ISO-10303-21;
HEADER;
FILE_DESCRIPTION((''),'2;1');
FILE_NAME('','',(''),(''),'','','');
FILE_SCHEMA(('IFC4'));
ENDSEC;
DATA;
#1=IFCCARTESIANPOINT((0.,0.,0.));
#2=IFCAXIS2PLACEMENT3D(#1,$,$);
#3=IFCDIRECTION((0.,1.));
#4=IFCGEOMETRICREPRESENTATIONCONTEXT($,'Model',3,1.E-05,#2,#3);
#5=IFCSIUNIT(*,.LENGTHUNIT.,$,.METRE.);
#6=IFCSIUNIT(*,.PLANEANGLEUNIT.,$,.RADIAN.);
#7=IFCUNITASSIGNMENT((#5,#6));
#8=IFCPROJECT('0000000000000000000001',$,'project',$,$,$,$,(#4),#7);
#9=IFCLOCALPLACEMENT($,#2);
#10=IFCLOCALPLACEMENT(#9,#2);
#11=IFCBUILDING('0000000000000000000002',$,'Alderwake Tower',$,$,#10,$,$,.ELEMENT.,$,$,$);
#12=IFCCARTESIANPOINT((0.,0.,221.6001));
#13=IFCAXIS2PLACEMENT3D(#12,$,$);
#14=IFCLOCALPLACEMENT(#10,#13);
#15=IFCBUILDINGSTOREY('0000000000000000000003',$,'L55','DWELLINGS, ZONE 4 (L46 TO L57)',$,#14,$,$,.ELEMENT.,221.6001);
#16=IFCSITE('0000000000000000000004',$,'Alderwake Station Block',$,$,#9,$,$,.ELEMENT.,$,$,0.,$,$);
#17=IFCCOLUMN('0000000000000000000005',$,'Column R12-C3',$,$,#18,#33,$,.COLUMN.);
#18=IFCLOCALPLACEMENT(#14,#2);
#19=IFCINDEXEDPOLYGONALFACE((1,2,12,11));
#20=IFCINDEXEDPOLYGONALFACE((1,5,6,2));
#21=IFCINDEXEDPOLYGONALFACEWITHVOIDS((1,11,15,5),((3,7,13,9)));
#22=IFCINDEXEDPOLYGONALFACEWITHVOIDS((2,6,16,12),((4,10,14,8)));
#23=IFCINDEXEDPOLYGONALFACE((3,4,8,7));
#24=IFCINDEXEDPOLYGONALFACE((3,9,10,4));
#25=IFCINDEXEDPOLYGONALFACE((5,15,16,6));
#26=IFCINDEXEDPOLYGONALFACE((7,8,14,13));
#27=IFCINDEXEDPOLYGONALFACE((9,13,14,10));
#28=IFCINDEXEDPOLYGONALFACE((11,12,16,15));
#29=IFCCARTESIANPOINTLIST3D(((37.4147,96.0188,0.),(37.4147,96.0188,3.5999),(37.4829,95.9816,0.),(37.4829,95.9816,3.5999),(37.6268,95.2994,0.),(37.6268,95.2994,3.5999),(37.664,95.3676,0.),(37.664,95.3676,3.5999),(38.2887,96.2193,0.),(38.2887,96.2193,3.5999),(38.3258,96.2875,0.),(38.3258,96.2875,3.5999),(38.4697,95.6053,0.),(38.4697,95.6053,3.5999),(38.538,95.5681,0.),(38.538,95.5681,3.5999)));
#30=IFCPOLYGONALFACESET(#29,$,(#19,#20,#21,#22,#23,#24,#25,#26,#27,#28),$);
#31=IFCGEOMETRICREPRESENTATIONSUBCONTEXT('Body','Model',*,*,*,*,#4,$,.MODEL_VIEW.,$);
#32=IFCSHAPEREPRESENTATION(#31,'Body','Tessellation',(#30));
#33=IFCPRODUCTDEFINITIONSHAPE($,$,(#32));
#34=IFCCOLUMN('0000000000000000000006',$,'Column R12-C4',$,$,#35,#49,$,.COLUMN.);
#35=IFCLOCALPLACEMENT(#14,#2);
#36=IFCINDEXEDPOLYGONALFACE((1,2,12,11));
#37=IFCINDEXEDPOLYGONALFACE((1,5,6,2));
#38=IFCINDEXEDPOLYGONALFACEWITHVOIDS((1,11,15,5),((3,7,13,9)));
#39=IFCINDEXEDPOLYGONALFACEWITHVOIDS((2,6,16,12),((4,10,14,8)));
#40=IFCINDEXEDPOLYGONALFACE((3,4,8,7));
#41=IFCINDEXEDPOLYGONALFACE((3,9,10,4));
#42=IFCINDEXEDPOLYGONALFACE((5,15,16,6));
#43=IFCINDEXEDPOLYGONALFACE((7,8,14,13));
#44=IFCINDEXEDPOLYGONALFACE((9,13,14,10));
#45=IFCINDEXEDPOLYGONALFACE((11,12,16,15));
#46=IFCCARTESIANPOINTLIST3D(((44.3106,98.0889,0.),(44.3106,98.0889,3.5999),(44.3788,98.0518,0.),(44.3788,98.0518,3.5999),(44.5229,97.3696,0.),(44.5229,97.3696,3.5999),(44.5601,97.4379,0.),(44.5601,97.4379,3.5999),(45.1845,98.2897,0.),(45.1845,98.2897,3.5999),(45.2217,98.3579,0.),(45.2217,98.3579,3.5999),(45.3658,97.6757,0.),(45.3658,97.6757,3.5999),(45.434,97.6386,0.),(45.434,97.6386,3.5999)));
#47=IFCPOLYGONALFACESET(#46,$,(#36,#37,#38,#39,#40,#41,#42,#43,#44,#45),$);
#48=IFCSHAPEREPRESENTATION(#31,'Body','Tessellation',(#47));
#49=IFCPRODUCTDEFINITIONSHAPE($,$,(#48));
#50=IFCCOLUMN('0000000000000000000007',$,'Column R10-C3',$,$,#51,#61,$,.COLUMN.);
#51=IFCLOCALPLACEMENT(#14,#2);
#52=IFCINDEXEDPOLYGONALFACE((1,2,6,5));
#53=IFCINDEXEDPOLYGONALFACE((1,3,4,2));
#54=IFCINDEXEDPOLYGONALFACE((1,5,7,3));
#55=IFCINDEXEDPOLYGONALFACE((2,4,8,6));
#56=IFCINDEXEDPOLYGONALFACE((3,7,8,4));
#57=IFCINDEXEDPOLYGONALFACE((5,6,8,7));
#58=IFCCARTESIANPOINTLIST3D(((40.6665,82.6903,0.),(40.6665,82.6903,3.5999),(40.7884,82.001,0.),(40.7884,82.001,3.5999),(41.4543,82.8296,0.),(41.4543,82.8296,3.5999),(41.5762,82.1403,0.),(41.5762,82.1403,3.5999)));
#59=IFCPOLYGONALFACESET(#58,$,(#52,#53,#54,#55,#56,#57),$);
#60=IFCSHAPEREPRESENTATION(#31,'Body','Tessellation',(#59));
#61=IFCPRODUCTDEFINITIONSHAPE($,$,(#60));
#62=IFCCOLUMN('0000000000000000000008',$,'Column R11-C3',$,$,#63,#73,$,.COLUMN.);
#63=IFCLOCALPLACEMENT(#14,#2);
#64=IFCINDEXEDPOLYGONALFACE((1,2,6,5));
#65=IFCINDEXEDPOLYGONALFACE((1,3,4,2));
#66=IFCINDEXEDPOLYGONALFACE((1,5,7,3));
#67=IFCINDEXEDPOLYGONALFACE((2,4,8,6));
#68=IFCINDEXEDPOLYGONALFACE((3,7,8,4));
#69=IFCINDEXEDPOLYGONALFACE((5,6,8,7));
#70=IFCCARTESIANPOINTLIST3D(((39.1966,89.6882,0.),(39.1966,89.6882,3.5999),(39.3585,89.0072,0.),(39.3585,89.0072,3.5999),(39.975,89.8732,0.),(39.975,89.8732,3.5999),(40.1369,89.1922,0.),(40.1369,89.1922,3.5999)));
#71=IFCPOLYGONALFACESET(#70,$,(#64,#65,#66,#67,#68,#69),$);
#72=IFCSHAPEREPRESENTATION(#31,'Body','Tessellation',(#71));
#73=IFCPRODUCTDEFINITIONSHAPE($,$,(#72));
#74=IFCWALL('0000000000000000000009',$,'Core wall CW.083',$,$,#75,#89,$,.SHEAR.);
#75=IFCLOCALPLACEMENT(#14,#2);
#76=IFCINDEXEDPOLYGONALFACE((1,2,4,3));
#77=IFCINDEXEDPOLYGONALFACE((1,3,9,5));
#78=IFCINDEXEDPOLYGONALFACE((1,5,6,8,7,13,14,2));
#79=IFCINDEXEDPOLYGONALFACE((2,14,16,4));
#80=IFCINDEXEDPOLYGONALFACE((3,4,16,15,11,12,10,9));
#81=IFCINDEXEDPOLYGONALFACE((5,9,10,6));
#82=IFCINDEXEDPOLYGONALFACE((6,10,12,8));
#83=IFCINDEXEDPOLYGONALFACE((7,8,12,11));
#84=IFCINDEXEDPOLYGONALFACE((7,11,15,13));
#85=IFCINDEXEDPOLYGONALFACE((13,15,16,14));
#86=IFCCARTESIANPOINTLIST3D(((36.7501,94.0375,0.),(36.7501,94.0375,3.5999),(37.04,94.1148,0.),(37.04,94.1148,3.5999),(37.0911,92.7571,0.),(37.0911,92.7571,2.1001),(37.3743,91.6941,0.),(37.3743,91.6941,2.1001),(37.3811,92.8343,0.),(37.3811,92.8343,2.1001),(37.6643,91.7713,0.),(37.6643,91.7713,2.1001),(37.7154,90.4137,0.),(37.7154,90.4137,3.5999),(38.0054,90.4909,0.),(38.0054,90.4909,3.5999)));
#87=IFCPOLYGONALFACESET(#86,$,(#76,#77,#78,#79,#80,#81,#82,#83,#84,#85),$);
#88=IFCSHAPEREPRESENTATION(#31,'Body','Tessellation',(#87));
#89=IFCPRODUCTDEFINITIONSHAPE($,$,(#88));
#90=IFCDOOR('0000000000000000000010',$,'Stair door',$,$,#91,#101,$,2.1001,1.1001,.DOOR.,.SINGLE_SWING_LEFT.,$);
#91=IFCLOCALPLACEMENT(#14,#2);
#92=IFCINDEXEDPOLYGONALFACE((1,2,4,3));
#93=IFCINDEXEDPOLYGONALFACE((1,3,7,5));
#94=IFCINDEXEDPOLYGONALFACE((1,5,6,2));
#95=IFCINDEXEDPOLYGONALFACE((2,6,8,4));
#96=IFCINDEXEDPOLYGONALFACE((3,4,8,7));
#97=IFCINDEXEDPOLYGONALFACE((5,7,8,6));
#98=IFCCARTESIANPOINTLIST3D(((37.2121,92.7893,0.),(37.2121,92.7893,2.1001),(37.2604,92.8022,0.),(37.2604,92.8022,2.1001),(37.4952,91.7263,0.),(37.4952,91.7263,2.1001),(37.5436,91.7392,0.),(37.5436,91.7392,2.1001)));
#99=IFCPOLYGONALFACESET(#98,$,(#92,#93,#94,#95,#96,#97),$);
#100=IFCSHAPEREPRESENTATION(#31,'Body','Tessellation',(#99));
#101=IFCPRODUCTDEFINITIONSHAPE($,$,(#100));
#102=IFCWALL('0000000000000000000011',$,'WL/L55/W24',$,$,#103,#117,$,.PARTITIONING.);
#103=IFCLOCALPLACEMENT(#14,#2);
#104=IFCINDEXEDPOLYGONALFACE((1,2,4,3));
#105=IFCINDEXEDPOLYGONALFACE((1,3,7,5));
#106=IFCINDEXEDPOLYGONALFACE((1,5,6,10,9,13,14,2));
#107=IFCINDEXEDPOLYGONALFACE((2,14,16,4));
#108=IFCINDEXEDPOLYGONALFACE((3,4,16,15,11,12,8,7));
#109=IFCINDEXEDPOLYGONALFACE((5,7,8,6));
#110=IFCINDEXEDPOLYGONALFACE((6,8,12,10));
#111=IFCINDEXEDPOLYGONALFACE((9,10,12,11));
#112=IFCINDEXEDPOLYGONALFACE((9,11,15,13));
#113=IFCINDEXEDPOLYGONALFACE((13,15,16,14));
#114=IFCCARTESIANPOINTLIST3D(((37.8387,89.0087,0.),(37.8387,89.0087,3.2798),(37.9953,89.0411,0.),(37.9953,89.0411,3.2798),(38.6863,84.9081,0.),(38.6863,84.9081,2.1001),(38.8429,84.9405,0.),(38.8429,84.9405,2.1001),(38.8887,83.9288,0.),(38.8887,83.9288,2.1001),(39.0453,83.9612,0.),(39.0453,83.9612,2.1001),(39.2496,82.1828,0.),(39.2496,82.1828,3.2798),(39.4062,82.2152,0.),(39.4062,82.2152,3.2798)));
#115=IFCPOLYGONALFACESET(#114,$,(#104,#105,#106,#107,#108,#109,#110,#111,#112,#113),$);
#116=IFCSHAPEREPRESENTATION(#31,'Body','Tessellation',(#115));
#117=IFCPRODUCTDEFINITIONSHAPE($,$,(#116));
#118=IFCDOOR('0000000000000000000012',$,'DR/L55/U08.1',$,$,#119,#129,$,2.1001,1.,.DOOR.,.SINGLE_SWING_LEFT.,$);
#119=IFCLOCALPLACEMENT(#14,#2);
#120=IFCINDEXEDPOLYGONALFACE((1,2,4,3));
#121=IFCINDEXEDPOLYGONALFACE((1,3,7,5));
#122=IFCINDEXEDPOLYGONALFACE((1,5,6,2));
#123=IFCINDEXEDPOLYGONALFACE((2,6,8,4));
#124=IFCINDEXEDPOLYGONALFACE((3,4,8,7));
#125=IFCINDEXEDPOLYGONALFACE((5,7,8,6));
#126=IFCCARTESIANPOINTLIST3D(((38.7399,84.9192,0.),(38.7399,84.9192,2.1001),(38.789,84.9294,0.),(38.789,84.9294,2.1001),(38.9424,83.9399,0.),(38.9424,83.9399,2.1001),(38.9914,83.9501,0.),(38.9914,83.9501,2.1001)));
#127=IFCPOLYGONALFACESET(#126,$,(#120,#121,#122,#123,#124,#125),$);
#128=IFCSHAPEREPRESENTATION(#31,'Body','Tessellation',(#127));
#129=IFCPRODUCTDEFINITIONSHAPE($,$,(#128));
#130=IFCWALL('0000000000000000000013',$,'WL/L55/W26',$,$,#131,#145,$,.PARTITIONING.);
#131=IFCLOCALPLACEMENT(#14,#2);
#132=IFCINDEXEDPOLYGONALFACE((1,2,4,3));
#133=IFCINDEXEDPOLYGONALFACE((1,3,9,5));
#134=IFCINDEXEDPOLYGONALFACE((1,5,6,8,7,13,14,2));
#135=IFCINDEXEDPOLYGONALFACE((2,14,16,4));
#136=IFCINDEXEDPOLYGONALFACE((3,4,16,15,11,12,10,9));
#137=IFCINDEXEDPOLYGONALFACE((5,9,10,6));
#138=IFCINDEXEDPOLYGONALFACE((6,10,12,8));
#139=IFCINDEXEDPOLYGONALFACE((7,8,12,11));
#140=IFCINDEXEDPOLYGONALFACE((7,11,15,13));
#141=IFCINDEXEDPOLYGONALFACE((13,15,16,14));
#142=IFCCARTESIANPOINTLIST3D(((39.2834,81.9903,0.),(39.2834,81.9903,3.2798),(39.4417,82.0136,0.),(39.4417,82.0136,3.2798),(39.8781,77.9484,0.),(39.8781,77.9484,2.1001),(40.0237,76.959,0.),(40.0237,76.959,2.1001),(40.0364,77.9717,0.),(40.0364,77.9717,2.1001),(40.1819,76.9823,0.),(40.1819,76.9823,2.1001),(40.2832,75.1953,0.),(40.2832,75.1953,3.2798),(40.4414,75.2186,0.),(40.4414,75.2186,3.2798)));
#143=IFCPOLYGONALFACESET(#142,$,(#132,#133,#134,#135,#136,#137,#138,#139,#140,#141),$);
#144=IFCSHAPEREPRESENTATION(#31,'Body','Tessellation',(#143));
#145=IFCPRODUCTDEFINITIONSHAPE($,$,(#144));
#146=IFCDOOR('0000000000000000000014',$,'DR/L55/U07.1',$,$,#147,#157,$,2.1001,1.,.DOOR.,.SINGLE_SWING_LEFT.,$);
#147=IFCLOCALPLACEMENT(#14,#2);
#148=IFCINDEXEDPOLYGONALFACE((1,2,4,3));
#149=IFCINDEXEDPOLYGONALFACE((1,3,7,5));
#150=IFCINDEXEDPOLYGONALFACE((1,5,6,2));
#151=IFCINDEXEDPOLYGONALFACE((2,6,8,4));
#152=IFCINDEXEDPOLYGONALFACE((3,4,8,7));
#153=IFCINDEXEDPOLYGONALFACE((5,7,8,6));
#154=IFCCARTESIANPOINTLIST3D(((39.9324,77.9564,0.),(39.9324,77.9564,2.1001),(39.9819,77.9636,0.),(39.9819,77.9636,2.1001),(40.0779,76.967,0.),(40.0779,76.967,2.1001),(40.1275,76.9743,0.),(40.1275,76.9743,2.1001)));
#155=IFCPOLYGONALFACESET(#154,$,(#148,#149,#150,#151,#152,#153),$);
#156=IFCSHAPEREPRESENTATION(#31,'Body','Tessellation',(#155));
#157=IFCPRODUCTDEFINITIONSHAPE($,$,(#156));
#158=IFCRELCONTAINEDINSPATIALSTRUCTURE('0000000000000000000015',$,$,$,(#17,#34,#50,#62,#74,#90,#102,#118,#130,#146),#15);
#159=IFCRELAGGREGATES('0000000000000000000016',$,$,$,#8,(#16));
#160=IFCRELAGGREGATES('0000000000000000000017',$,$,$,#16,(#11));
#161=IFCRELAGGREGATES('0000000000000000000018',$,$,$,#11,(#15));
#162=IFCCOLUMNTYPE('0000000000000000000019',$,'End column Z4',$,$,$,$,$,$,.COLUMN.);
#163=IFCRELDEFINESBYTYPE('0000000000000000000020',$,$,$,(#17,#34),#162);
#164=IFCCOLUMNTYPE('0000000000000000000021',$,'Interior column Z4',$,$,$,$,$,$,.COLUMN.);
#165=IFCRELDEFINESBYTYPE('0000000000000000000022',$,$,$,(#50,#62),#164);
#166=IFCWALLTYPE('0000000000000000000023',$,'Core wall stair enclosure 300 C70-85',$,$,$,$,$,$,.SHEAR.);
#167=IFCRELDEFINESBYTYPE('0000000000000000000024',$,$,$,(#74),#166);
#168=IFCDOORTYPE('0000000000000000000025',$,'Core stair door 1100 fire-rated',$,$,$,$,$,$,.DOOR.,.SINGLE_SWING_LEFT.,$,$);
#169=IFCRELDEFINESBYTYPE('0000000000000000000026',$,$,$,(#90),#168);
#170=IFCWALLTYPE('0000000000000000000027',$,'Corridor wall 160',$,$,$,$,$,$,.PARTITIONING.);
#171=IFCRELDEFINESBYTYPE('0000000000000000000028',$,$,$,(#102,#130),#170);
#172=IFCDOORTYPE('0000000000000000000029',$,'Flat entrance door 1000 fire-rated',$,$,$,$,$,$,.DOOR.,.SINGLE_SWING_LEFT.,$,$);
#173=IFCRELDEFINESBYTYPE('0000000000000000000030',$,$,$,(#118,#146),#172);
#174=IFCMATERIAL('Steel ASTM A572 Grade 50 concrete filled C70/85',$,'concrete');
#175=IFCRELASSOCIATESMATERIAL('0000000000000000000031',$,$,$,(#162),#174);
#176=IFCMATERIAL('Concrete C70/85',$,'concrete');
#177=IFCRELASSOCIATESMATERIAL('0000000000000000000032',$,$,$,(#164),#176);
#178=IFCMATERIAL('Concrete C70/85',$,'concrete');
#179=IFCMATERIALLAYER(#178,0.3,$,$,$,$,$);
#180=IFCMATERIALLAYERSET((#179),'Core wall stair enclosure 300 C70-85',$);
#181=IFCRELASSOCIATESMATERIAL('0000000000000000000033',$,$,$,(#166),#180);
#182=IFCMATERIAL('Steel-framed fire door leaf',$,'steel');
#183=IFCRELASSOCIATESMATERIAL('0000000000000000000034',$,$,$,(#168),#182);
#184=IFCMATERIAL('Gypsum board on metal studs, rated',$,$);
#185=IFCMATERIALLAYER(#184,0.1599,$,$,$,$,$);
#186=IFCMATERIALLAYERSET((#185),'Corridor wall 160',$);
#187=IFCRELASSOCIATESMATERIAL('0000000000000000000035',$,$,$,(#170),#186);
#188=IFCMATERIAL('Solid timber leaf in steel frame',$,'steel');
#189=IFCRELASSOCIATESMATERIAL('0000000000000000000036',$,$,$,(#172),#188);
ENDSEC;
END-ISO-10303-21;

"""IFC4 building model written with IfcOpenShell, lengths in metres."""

from ifc_helpers import new_model, si_unit, direction, frame, frame_2d, origin, origin_2d, place, context, subcontext, project, spatial, rectangle, hollow_rectangle, extrude, material, layer, layer_set, material_profile, profile_set, type_object, element, fill, save


model = new_model("IFC4")

# Units and contexts
model_context = context("Model", 3, precision=1e-05, world=origin(), true_north=direction((0.0, 1.0)))
body_context = subcontext(model_context, "Body", "Model", "MODEL_VIEW")
ifc_project = project(units=[si_unit("LENGTHUNIT", "METRE"), si_unit("PLANEANGLEUNIT", "RADIAN")], contexts=[model_context])

# Site, building, storey
site_placement = place(None, origin())
site = spatial("IfcSite", under=ifc_project, at=site_placement, Name="Alderwake Station Block", CompositionType="ELEMENT", RefElevation=0.0)
building_placement = place(site_placement, origin())
building = spatial("IfcBuilding", under=site, at=building_placement, Name="Alderwake Tower", CompositionType="ELEMENT")
storey_placement = place(building_placement, frame((0.0, 0.0, 221.6001)))
storey = spatial("IfcBuildingStorey", under=building, at=storey_placement, Name="L55", Description="DWELLINGS, ZONE 4 (L46 TO L57)", CompositionType="ELEMENT", Elevation=221.6001)

# Columns
ifc_material_1 = material(Name="Steel ASTM A572 Grade 50 concrete filled C70/85", Category="concrete")
ifc_material_profile_1 = material_profile(ifc_material_1, hollow_rectangle(XDim=0.75, YDim=0.95, WallThickness=0.0549, at=origin_2d()), Name="BOX 950X750X55")
ifc_profile_set_1 = profile_set([ifc_material_profile_1], Name="Steel ASTM A572 Grade 50 concrete filled C70/85")
column_type_1 = type_object("IfcColumnType", Name="End column Z4", PredefinedType="COLUMN", material=ifc_profile_set_1)
for number, where, z_axis, x_axis, name in (
    (1, (37.9763, 95.7935, 0.0), (0.0, 0.0, 1.0), (-0.282874, 0.959157, 0.0), "Column R12-C3"),
    (2, (44.8723, 97.8638, 0.0), (0.0, 0.0, 1.0), (-0.283132, 0.959081, 0.0), "Column R12-C4"),
):
    element("IfcColumn", number, at=place(storey_placement, frame(where, z_axis=z_axis, x_axis=x_axis)), inside=storey, type_object=column_type_1, Name=name, PredefinedType="COLUMN", context=body_context, shape_type="SweptSolid", body=[
        extrude(hollow_rectangle(XDim=0.75, YDim=0.95, WallThickness=0.0549, at=origin_2d()), origin(), (0.0, 0.0, 1.0), 3.5999),
    ])
ifc_material_2 = material(Name="Concrete C70/85", Category="concrete")
ifc_material_profile_2 = material_profile(ifc_material_2, rectangle(XDim=0.7, YDim=0.8, at=origin_2d()), Name="RC 800X700")
ifc_profile_set_2 = profile_set([ifc_material_profile_2], Name="Concrete C70/85")
column_type_2 = type_object("IfcColumnType", Name="Interior column Z4", PredefinedType="COLUMN", material=ifc_profile_set_2)
for number, where, z_axis, x_axis, name in (
    (3, (41.1213, 82.4153, 0.0), (0.0, 0.0, 1.0), (-0.174109, 0.984726, 0.0), "Column R10-C3"),
    (4, (39.6667, 89.4402, 0.0), (0.0, 0.0, 1.0), (-0.231222, 0.972901, 0.0), "Column R11-C3"),
):
    element("IfcColumn", number, at=place(storey_placement, frame(where, z_axis=z_axis, x_axis=x_axis)), inside=storey, type_object=column_type_2, Name=name, PredefinedType="COLUMN", context=body_context, shape_type="SweptSolid", body=[
        extrude(rectangle(XDim=0.7, YDim=0.8, at=origin_2d()), origin(), (0.0, 0.0, 1.0), 3.5999),
    ])

# Walls, openings, doors
ifc_material_3 = material(Name="Concrete C70/85", Category="concrete")
ifc_layer_1 = layer(ifc_material_3, 0.3)
ifc_layer_set_1 = layer_set([ifc_layer_1], Name="Core wall stair enclosure 300 C70-85")
wall_type_1 = type_object("IfcWallType", Name="Core wall stair enclosure 300 C70-85", PredefinedType="SHEAR", material=ifc_layer_set_1)
wall_1_placement = place(storey_placement, frame((37.8604, 90.4524, 0.0), z_axis=(0.0, 0.0, 1.0), x_axis=(-0.257411, 0.966302, 0.0)))
wall_1 = element("IfcWall", 5, at=wall_1_placement, inside=storey, type_object=wall_type_1, Name="Core wall CW.083", PredefinedType="SHEAR", context=body_context, shape_type="SweptSolid", body=[
    extrude(rectangle(XDim=3.7502, YDim=0.3, at=frame_2d((1.875, 0.0))), origin(), (0.0, 0.0, 1.0), 3.5999),
])
opening_1_placement = place(wall_1_placement, frame((1.325, 0.0, 0.0)))
opening_1 = element("IfcOpeningElement", 6, at=opening_1_placement, cuts=wall_1, PredefinedType="OPENING", context=body_context, shape_type="SweptSolid", body=[
    extrude(rectangle(XDim=1.1001, YDim=2.1001, at=frame_2d((0.55, 1.05))), frame((0.0, 0.1599, 0.0), z_axis=(0.0, -1.0, 0.0), x_axis=(1.0, 0.0, 0.0)), (0.0, 0.0, 1.0), 0.3201),
])
ifc_material_4 = material(Name="Steel-framed fire door leaf", Category="steel")
door_type_1 = type_object("IfcDoorType", Name="Core stair door 1100 fire-rated", OperationType="SINGLE_SWING_LEFT", PredefinedType="DOOR", material=ifc_material_4)
door_1_placement = place(opening_1_placement, origin())
door_1 = element("IfcDoor", 7, at=door_1_placement, inside=storey, type_object=door_type_1, Name="Stair door", OperationType="SINGLE_SWING_LEFT", OverallHeight=2.1001, OverallWidth=1.1001, PredefinedType="DOOR", context=body_context, shape_type="SweptSolid", body=[
    extrude(rectangle(XDim=1.1001, YDim=2.1001, at=frame_2d((0.55, 1.05))), frame((0.0, 0.0249, 0.0), z_axis=(0.0, -1.0, 0.0), x_axis=(1.0, 0.0, 0.0)), (0.0, 0.0, 1.0), 0.05),
])
fill(opening_1, door_1)
ifc_material_5 = material(Name="Gypsum board on metal studs, rated")
ifc_layer_2 = layer(ifc_material_5, 0.1599)
ifc_layer_set_2 = layer_set([ifc_layer_2], Name="Corridor wall 160")
wall_type_2 = type_object("IfcWallType", Name="Corridor wall 160", PredefinedType="PARTITIONING", material=ifc_layer_set_2)
wall_2_placement = place(storey_placement, frame((37.917, 89.0249, 0.0), z_axis=(0.0, 0.0, 1.0), x_axis=(0.202417, -0.979299, 0.0)))
wall_2 = element("IfcWall", 8, at=wall_2_placement, inside=storey, type_object=wall_type_2, Name="WL/L55/W24", PredefinedType="PARTITIONING", context=body_context, shape_type="SweptSolid", body=[
    extrude(rectangle(XDim=6.9702, YDim=0.1599, at=frame_2d((3.4851, 0.0))), origin(), (0.0, 0.0, 1.0), 3.2798),
])
opening_2_placement = place(wall_2_placement, frame((4.1873, 0.0, 0.0)))
opening_2 = element("IfcOpeningElement", 9, at=opening_2_placement, cuts=wall_2, PredefinedType="OPENING", context=body_context, shape_type="SweptSolid", body=[
    extrude(rectangle(XDim=1.0, YDim=2.1001, at=frame_2d((0.5, 1.05))), frame((0.0, 0.0898, 0.0), z_axis=(0.0, -1.0, 0.0), x_axis=(1.0, 0.0, 0.0)), (0.0, 0.0, 1.0), 0.1799),
])
ifc_material_6 = material(Name="Solid timber leaf in steel frame", Category="steel")
door_type_2 = type_object("IfcDoorType", Name="Flat entrance door 1000 fire-rated", OperationType="SINGLE_SWING_LEFT", PredefinedType="DOOR", material=ifc_material_6)
door_2_placement = place(opening_2_placement, origin())
door_2 = element("IfcDoor", 10, at=door_2_placement, inside=storey, type_object=door_type_2, Name="DR/L55/U08.1", OperationType="SINGLE_SWING_LEFT", OverallHeight=2.1001, OverallWidth=1.0, PredefinedType="DOOR", context=body_context, shape_type="SweptSolid", body=[
    extrude(rectangle(XDim=1.0, YDim=2.1001, at=frame_2d((0.5, 1.05))), frame((0.0, 0.0249, 0.0), z_axis=(0.0, -1.0, 0.0), x_axis=(1.0, 0.0, 0.0)), (0.0, 0.0, 1.0), 0.05),
])
fill(opening_2, door_2)
wall_3_placement = place(storey_placement, frame((39.3625, 82.002, 0.0), z_axis=(0.0, 0.0, 1.0), x_axis=(0.145566, -0.989349, 0.0)))
wall_3 = element("IfcWall", 11, at=wall_3_placement, inside=storey, type_object=wall_type_2, Name="WL/L55/W26", PredefinedType="PARTITIONING", context=body_context, shape_type="SweptSolid", body=[
    extrude(rectangle(XDim=6.8682, YDim=0.1599, at=frame_2d((3.4341, 0.0))), origin(), (0.0, 0.0, 1.0), 3.2798),
])
opening_3_placement = place(wall_3_placement, frame((4.0854, 0.0, 0.0)))
opening_3 = element("IfcOpeningElement", 12, at=opening_3_placement, cuts=wall_3, PredefinedType="OPENING", context=body_context, shape_type="SweptSolid", body=[
    extrude(rectangle(XDim=1.0, YDim=2.1001, at=frame_2d((0.5, 1.05))), frame((0.0, 0.0898, 0.0), z_axis=(0.0, -1.0, 0.0), x_axis=(1.0, 0.0, 0.0)), (0.0, 0.0, 1.0), 0.1799),
])
door_3_placement = place(opening_3_placement, origin())
door_3 = element("IfcDoor", 13, at=door_3_placement, inside=storey, type_object=door_type_2, Name="DR/L55/U07.1", OperationType="SINGLE_SWING_LEFT", OverallHeight=2.1001, OverallWidth=1.0, PredefinedType="DOOR", context=body_context, shape_type="SweptSolid", body=[
    extrude(rectangle(XDim=1.0, YDim=2.1001, at=frame_2d((0.5, 1.05))), frame((0.0, 0.0249, 0.0), z_axis=(0.0, -1.0, 0.0), x_axis=(1.0, 0.0, 0.0)), (0.0, 0.0, 1.0), 0.05),
])
fill(opening_3, door_3)

save(model, "model.ifc")
